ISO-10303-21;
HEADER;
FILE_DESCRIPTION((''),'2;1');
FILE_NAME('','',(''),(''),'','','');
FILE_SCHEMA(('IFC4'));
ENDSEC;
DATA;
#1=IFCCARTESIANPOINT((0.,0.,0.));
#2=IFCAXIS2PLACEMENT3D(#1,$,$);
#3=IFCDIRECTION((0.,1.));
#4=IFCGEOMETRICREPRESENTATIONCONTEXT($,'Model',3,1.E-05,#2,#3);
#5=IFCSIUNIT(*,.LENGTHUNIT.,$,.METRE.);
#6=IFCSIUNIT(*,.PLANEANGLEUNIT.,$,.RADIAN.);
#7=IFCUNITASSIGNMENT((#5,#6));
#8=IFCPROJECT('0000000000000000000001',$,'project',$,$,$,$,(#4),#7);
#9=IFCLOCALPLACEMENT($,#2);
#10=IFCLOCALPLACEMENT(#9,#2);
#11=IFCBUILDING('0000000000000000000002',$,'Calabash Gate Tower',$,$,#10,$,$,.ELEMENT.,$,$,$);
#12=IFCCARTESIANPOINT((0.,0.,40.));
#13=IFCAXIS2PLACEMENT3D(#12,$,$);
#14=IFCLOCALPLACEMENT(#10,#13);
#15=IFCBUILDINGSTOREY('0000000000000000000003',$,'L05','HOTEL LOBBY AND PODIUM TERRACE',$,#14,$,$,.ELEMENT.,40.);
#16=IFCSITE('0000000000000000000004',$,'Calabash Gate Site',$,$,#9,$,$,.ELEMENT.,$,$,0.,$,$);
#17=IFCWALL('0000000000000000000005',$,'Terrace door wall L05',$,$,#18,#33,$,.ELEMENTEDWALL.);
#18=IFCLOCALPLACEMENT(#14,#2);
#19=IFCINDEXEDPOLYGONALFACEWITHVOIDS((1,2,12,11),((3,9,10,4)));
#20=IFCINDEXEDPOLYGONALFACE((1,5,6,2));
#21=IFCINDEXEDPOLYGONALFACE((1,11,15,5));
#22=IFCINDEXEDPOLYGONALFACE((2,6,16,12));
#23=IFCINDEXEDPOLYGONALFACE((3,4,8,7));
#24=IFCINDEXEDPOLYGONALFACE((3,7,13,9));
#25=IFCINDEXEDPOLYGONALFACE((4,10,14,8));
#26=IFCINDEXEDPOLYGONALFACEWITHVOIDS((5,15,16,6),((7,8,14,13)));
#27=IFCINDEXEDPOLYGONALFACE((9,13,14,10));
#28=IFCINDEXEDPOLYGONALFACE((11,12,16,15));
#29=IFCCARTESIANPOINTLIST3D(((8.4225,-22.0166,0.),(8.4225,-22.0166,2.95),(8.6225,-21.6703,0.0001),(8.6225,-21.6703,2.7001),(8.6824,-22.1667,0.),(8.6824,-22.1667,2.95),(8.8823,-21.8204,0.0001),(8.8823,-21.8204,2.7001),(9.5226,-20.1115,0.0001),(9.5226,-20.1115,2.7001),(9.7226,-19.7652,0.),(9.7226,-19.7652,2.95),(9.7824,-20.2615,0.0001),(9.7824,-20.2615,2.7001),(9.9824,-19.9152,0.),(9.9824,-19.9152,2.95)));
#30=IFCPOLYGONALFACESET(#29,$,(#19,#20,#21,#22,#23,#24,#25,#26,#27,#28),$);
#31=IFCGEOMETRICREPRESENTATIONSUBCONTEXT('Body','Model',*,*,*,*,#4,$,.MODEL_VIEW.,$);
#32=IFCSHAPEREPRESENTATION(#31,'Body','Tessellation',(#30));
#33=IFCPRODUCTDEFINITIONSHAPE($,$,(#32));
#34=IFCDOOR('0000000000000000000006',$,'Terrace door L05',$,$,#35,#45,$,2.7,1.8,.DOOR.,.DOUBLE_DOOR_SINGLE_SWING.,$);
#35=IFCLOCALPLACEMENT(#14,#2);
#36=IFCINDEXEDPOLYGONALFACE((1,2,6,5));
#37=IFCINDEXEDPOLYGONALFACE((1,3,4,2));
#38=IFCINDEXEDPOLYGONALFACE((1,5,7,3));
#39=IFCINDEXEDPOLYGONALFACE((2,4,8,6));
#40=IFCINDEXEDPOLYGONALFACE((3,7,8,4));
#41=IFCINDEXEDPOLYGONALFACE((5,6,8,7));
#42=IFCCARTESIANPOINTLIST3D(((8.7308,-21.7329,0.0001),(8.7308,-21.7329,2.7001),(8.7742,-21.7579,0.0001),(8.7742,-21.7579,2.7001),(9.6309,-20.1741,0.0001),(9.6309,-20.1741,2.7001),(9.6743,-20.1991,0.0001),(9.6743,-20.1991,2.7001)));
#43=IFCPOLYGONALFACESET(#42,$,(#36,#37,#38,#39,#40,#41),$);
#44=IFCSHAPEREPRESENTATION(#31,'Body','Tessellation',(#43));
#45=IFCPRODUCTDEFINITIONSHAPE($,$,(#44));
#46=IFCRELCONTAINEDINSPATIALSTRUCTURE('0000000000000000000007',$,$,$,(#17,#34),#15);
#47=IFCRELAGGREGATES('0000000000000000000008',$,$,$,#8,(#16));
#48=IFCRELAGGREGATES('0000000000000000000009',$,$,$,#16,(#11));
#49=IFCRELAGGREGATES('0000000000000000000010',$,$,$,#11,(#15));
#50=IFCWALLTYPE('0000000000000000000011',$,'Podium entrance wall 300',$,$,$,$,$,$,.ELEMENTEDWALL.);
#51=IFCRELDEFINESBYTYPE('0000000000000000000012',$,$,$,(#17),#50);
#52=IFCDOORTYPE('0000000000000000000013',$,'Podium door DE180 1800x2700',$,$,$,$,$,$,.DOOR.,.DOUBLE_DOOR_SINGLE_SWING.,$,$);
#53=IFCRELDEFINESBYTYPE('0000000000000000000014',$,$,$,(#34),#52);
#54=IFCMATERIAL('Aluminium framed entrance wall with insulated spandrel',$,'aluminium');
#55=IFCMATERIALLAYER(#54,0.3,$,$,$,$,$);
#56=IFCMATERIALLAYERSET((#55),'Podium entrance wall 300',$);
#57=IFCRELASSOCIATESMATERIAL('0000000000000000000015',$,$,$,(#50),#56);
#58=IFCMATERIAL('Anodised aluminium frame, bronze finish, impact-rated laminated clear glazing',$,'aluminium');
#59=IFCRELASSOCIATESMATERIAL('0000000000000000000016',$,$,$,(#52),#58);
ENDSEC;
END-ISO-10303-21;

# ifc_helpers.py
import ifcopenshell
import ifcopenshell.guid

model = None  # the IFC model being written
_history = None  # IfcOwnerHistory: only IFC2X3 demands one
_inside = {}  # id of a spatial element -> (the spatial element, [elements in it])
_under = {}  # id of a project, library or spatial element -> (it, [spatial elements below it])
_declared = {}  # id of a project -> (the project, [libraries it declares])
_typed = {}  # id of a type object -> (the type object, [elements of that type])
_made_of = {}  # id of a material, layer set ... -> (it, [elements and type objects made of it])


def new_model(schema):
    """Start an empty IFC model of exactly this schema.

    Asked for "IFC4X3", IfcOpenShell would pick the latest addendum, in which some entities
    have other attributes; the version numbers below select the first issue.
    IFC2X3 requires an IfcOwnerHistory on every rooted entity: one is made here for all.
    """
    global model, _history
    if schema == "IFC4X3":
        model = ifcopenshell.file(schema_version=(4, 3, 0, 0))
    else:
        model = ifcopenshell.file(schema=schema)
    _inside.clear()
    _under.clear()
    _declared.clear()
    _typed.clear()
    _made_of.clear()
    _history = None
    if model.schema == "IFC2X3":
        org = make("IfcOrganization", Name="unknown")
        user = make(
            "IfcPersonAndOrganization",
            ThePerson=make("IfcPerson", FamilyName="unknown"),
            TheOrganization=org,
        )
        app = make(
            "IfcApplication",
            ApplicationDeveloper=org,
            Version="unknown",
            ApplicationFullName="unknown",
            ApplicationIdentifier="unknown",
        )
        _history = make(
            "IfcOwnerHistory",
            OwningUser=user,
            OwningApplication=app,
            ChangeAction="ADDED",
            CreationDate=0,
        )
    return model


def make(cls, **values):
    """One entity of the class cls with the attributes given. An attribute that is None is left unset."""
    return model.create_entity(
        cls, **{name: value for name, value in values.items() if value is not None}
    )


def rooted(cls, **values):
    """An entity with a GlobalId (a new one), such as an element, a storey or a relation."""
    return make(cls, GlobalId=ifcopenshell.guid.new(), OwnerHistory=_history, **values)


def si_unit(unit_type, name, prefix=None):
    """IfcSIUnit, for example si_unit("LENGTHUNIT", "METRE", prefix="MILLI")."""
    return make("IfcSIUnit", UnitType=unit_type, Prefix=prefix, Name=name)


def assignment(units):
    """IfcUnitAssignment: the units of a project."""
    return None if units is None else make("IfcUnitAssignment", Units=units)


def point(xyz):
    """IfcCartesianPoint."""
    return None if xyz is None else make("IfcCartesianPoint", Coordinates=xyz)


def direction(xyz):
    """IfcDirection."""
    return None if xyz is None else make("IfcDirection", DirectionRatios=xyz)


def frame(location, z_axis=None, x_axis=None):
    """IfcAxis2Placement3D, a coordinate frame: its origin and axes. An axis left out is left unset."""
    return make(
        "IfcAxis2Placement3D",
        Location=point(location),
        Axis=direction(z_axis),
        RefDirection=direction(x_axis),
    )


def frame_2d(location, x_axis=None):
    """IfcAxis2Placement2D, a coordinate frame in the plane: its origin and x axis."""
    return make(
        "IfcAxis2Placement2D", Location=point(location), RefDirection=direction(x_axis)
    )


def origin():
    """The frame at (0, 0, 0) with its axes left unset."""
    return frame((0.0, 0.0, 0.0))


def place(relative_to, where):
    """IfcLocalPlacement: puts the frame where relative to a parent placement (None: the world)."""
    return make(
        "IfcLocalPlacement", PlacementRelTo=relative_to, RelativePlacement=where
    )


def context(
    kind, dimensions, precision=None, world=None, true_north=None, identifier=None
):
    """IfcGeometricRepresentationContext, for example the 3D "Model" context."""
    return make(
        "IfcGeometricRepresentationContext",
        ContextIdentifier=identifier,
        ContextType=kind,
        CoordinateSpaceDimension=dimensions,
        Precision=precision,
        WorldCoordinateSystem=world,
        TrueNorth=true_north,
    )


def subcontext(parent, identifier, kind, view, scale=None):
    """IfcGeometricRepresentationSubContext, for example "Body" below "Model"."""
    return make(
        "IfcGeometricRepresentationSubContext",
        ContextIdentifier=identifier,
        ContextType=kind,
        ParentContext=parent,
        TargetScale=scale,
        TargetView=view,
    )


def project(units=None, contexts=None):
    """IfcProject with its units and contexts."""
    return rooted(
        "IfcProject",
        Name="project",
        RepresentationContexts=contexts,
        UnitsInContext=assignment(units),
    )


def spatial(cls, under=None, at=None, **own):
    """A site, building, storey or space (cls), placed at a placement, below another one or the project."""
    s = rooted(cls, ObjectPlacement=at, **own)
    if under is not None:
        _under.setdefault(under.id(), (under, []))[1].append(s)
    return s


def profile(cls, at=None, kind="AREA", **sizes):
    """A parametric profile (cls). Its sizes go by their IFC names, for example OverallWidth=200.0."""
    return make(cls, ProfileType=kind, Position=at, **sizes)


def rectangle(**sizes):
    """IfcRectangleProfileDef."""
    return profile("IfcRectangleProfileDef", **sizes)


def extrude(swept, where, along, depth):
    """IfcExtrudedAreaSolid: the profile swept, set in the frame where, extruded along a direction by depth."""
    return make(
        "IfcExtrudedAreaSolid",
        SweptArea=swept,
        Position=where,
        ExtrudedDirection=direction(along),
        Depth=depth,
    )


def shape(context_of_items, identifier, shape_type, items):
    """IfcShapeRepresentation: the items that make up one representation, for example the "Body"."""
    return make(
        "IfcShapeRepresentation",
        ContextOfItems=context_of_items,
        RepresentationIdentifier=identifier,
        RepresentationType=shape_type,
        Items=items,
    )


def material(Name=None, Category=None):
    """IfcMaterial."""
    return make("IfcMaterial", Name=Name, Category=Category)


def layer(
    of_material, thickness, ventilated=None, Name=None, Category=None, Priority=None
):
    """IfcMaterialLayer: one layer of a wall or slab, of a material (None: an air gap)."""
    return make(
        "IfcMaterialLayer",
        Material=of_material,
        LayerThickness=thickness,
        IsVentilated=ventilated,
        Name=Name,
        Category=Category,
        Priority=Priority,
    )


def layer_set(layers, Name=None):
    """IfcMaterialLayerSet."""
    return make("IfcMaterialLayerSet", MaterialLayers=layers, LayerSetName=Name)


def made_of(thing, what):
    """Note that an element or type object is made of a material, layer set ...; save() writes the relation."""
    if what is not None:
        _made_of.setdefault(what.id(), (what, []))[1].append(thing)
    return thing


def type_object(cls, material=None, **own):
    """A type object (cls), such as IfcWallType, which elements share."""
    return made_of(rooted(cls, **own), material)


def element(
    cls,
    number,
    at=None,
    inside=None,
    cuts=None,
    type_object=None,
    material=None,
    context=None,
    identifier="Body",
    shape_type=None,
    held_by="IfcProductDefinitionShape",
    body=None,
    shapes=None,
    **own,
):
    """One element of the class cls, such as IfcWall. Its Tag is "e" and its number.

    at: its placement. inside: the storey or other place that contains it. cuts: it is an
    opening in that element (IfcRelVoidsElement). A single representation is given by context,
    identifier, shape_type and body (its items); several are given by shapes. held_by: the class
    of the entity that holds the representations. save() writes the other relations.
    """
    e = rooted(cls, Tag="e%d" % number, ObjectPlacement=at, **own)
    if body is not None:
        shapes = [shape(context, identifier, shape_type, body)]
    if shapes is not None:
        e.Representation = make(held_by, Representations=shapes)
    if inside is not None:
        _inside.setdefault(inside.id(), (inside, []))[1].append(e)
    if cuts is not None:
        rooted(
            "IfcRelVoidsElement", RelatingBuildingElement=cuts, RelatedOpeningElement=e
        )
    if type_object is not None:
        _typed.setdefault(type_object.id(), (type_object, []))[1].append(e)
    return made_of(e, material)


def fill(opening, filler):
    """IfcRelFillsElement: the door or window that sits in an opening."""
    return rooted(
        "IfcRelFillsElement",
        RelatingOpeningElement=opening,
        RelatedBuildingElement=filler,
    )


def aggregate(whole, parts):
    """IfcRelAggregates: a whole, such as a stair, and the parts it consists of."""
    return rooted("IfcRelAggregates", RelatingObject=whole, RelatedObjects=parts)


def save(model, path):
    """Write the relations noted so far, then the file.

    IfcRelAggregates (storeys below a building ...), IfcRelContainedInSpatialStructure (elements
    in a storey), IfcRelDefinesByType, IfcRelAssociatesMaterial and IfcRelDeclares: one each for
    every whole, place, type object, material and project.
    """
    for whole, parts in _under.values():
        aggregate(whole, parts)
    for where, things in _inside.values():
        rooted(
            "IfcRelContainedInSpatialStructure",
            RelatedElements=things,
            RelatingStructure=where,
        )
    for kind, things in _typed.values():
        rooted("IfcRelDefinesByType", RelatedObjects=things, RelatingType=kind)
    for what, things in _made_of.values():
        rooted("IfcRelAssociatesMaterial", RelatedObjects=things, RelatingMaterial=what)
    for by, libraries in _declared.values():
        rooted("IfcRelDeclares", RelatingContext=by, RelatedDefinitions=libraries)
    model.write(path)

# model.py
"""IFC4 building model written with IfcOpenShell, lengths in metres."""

from ifc_helpers import new_model, si_unit, direction, frame, frame_2d, origin, place, context, subcontext, project, spatial, rectangle, extrude, material, layer, layer_set, type_object, element, fill, save


model = new_model("IFC4")

# Units and contexts
model_context = context("Model", 3, precision=1e-05, world=origin(), true_north=direction((0.0, 1.0)))
body_context = subcontext(model_context, "Body", "Model", "MODEL_VIEW")
ifc_project = project(units=[si_unit("LENGTHUNIT", "METRE"), si_unit("PLANEANGLEUNIT", "RADIAN")], contexts=[model_context])

# Site, building, storey
site_placement = place(None, origin())
site = spatial("IfcSite", under=ifc_project, at=site_placement, Name="Calabash Gate Site", CompositionType="ELEMENT", RefElevation=0.0)
building_placement = place(site_placement, origin())
building = spatial("IfcBuilding", under=site, at=building_placement, Name="Calabash Gate Tower", CompositionType="ELEMENT")
storey_placement = place(building_placement, frame((0.0, 0.0, 40.0)))
storey = spatial("IfcBuildingStorey", under=building, at=storey_placement, Name="L05", Description="HOTEL LOBBY AND PODIUM TERRACE", CompositionType="ELEMENT", Elevation=40.0)

# Wall, opening, door
ifc_material_1 = material(Name="Aluminium framed entrance wall with insulated spandrel", Category="aluminium")
ifc_layer = layer(ifc_material_1, 0.3)
ifc_layer_set = layer_set([ifc_layer], Name="Podium entrance wall 300")
wall_type = type_object("IfcWallType", Name="Podium entrance wall 300", PredefinedType="ELEMENTEDWALL", material=ifc_layer_set)
wall_placement = place(storey_placement, frame((8.5525, -22.0916, 0.0), z_axis=(0.0, 0.0, 1.0), x_axis=(0.500048, 0.865998, 0.0)))
wall = element("IfcWall", 1, at=wall_placement, inside=storey, type_object=wall_type, Name="Terrace door wall L05", PredefinedType="ELEMENTEDWALL", context=body_context, shape_type="SweptSolid", body=[
    extrude(rectangle(XDim=2.5999, YDim=0.3, at=frame_2d((1.2998, 0.0))), origin(), (0.0, 0.0, 1.0), 2.95),
])
opening_placement = place(wall_placement, frame((0.3999, 0.0, 0.0)))
opening = element("IfcOpeningElement", 2, at=opening_placement, cuts=wall, PredefinedType="OPENING", context=body_context, shape_type="SweptSolid", body=[
    extrude(rectangle(XDim=1.8, YDim=2.7, at=frame_2d((0.8999, 1.3501))), frame((0.0, 0.1599, 0.0), z_axis=(0.0, -1.0, 0.0), x_axis=(1.0, 0.0, 0.0)), (0.0, 0.0, 1.0), 0.3201),
])
ifc_material_2 = material(Name="Anodised aluminium frame, bronze finish, impact-rated laminated clear glazing", Category="aluminium")
door_type = type_object("IfcDoorType", Name="Podium door DE180 1800x2700", OperationType="DOUBLE_DOOR_SINGLE_SWING", PredefinedType="DOOR", material=ifc_material_2)
door_placement = place(opening_placement, origin())
door = element("IfcDoor", 3, at=door_placement, inside=storey, type_object=door_type, Name="Terrace door L05", OperationType="DOUBLE_DOOR_SINGLE_SWING", OverallHeight=2.7, OverallWidth=1.8, PredefinedType="DOOR", context=body_context, shape_type="SweptSolid", body=[
    extrude(rectangle(XDim=1.8, YDim=2.7, at=frame_2d((0.8999, 1.3501))), frame((0.0, 0.0249, 0.0), z_axis=(0.0, -1.0, 0.0), x_axis=(1.0, 0.0, 0.0)), (0.0, 0.0, 1.0), 0.05),
])
fill(opening, door)

save(model, "model.ifc")
